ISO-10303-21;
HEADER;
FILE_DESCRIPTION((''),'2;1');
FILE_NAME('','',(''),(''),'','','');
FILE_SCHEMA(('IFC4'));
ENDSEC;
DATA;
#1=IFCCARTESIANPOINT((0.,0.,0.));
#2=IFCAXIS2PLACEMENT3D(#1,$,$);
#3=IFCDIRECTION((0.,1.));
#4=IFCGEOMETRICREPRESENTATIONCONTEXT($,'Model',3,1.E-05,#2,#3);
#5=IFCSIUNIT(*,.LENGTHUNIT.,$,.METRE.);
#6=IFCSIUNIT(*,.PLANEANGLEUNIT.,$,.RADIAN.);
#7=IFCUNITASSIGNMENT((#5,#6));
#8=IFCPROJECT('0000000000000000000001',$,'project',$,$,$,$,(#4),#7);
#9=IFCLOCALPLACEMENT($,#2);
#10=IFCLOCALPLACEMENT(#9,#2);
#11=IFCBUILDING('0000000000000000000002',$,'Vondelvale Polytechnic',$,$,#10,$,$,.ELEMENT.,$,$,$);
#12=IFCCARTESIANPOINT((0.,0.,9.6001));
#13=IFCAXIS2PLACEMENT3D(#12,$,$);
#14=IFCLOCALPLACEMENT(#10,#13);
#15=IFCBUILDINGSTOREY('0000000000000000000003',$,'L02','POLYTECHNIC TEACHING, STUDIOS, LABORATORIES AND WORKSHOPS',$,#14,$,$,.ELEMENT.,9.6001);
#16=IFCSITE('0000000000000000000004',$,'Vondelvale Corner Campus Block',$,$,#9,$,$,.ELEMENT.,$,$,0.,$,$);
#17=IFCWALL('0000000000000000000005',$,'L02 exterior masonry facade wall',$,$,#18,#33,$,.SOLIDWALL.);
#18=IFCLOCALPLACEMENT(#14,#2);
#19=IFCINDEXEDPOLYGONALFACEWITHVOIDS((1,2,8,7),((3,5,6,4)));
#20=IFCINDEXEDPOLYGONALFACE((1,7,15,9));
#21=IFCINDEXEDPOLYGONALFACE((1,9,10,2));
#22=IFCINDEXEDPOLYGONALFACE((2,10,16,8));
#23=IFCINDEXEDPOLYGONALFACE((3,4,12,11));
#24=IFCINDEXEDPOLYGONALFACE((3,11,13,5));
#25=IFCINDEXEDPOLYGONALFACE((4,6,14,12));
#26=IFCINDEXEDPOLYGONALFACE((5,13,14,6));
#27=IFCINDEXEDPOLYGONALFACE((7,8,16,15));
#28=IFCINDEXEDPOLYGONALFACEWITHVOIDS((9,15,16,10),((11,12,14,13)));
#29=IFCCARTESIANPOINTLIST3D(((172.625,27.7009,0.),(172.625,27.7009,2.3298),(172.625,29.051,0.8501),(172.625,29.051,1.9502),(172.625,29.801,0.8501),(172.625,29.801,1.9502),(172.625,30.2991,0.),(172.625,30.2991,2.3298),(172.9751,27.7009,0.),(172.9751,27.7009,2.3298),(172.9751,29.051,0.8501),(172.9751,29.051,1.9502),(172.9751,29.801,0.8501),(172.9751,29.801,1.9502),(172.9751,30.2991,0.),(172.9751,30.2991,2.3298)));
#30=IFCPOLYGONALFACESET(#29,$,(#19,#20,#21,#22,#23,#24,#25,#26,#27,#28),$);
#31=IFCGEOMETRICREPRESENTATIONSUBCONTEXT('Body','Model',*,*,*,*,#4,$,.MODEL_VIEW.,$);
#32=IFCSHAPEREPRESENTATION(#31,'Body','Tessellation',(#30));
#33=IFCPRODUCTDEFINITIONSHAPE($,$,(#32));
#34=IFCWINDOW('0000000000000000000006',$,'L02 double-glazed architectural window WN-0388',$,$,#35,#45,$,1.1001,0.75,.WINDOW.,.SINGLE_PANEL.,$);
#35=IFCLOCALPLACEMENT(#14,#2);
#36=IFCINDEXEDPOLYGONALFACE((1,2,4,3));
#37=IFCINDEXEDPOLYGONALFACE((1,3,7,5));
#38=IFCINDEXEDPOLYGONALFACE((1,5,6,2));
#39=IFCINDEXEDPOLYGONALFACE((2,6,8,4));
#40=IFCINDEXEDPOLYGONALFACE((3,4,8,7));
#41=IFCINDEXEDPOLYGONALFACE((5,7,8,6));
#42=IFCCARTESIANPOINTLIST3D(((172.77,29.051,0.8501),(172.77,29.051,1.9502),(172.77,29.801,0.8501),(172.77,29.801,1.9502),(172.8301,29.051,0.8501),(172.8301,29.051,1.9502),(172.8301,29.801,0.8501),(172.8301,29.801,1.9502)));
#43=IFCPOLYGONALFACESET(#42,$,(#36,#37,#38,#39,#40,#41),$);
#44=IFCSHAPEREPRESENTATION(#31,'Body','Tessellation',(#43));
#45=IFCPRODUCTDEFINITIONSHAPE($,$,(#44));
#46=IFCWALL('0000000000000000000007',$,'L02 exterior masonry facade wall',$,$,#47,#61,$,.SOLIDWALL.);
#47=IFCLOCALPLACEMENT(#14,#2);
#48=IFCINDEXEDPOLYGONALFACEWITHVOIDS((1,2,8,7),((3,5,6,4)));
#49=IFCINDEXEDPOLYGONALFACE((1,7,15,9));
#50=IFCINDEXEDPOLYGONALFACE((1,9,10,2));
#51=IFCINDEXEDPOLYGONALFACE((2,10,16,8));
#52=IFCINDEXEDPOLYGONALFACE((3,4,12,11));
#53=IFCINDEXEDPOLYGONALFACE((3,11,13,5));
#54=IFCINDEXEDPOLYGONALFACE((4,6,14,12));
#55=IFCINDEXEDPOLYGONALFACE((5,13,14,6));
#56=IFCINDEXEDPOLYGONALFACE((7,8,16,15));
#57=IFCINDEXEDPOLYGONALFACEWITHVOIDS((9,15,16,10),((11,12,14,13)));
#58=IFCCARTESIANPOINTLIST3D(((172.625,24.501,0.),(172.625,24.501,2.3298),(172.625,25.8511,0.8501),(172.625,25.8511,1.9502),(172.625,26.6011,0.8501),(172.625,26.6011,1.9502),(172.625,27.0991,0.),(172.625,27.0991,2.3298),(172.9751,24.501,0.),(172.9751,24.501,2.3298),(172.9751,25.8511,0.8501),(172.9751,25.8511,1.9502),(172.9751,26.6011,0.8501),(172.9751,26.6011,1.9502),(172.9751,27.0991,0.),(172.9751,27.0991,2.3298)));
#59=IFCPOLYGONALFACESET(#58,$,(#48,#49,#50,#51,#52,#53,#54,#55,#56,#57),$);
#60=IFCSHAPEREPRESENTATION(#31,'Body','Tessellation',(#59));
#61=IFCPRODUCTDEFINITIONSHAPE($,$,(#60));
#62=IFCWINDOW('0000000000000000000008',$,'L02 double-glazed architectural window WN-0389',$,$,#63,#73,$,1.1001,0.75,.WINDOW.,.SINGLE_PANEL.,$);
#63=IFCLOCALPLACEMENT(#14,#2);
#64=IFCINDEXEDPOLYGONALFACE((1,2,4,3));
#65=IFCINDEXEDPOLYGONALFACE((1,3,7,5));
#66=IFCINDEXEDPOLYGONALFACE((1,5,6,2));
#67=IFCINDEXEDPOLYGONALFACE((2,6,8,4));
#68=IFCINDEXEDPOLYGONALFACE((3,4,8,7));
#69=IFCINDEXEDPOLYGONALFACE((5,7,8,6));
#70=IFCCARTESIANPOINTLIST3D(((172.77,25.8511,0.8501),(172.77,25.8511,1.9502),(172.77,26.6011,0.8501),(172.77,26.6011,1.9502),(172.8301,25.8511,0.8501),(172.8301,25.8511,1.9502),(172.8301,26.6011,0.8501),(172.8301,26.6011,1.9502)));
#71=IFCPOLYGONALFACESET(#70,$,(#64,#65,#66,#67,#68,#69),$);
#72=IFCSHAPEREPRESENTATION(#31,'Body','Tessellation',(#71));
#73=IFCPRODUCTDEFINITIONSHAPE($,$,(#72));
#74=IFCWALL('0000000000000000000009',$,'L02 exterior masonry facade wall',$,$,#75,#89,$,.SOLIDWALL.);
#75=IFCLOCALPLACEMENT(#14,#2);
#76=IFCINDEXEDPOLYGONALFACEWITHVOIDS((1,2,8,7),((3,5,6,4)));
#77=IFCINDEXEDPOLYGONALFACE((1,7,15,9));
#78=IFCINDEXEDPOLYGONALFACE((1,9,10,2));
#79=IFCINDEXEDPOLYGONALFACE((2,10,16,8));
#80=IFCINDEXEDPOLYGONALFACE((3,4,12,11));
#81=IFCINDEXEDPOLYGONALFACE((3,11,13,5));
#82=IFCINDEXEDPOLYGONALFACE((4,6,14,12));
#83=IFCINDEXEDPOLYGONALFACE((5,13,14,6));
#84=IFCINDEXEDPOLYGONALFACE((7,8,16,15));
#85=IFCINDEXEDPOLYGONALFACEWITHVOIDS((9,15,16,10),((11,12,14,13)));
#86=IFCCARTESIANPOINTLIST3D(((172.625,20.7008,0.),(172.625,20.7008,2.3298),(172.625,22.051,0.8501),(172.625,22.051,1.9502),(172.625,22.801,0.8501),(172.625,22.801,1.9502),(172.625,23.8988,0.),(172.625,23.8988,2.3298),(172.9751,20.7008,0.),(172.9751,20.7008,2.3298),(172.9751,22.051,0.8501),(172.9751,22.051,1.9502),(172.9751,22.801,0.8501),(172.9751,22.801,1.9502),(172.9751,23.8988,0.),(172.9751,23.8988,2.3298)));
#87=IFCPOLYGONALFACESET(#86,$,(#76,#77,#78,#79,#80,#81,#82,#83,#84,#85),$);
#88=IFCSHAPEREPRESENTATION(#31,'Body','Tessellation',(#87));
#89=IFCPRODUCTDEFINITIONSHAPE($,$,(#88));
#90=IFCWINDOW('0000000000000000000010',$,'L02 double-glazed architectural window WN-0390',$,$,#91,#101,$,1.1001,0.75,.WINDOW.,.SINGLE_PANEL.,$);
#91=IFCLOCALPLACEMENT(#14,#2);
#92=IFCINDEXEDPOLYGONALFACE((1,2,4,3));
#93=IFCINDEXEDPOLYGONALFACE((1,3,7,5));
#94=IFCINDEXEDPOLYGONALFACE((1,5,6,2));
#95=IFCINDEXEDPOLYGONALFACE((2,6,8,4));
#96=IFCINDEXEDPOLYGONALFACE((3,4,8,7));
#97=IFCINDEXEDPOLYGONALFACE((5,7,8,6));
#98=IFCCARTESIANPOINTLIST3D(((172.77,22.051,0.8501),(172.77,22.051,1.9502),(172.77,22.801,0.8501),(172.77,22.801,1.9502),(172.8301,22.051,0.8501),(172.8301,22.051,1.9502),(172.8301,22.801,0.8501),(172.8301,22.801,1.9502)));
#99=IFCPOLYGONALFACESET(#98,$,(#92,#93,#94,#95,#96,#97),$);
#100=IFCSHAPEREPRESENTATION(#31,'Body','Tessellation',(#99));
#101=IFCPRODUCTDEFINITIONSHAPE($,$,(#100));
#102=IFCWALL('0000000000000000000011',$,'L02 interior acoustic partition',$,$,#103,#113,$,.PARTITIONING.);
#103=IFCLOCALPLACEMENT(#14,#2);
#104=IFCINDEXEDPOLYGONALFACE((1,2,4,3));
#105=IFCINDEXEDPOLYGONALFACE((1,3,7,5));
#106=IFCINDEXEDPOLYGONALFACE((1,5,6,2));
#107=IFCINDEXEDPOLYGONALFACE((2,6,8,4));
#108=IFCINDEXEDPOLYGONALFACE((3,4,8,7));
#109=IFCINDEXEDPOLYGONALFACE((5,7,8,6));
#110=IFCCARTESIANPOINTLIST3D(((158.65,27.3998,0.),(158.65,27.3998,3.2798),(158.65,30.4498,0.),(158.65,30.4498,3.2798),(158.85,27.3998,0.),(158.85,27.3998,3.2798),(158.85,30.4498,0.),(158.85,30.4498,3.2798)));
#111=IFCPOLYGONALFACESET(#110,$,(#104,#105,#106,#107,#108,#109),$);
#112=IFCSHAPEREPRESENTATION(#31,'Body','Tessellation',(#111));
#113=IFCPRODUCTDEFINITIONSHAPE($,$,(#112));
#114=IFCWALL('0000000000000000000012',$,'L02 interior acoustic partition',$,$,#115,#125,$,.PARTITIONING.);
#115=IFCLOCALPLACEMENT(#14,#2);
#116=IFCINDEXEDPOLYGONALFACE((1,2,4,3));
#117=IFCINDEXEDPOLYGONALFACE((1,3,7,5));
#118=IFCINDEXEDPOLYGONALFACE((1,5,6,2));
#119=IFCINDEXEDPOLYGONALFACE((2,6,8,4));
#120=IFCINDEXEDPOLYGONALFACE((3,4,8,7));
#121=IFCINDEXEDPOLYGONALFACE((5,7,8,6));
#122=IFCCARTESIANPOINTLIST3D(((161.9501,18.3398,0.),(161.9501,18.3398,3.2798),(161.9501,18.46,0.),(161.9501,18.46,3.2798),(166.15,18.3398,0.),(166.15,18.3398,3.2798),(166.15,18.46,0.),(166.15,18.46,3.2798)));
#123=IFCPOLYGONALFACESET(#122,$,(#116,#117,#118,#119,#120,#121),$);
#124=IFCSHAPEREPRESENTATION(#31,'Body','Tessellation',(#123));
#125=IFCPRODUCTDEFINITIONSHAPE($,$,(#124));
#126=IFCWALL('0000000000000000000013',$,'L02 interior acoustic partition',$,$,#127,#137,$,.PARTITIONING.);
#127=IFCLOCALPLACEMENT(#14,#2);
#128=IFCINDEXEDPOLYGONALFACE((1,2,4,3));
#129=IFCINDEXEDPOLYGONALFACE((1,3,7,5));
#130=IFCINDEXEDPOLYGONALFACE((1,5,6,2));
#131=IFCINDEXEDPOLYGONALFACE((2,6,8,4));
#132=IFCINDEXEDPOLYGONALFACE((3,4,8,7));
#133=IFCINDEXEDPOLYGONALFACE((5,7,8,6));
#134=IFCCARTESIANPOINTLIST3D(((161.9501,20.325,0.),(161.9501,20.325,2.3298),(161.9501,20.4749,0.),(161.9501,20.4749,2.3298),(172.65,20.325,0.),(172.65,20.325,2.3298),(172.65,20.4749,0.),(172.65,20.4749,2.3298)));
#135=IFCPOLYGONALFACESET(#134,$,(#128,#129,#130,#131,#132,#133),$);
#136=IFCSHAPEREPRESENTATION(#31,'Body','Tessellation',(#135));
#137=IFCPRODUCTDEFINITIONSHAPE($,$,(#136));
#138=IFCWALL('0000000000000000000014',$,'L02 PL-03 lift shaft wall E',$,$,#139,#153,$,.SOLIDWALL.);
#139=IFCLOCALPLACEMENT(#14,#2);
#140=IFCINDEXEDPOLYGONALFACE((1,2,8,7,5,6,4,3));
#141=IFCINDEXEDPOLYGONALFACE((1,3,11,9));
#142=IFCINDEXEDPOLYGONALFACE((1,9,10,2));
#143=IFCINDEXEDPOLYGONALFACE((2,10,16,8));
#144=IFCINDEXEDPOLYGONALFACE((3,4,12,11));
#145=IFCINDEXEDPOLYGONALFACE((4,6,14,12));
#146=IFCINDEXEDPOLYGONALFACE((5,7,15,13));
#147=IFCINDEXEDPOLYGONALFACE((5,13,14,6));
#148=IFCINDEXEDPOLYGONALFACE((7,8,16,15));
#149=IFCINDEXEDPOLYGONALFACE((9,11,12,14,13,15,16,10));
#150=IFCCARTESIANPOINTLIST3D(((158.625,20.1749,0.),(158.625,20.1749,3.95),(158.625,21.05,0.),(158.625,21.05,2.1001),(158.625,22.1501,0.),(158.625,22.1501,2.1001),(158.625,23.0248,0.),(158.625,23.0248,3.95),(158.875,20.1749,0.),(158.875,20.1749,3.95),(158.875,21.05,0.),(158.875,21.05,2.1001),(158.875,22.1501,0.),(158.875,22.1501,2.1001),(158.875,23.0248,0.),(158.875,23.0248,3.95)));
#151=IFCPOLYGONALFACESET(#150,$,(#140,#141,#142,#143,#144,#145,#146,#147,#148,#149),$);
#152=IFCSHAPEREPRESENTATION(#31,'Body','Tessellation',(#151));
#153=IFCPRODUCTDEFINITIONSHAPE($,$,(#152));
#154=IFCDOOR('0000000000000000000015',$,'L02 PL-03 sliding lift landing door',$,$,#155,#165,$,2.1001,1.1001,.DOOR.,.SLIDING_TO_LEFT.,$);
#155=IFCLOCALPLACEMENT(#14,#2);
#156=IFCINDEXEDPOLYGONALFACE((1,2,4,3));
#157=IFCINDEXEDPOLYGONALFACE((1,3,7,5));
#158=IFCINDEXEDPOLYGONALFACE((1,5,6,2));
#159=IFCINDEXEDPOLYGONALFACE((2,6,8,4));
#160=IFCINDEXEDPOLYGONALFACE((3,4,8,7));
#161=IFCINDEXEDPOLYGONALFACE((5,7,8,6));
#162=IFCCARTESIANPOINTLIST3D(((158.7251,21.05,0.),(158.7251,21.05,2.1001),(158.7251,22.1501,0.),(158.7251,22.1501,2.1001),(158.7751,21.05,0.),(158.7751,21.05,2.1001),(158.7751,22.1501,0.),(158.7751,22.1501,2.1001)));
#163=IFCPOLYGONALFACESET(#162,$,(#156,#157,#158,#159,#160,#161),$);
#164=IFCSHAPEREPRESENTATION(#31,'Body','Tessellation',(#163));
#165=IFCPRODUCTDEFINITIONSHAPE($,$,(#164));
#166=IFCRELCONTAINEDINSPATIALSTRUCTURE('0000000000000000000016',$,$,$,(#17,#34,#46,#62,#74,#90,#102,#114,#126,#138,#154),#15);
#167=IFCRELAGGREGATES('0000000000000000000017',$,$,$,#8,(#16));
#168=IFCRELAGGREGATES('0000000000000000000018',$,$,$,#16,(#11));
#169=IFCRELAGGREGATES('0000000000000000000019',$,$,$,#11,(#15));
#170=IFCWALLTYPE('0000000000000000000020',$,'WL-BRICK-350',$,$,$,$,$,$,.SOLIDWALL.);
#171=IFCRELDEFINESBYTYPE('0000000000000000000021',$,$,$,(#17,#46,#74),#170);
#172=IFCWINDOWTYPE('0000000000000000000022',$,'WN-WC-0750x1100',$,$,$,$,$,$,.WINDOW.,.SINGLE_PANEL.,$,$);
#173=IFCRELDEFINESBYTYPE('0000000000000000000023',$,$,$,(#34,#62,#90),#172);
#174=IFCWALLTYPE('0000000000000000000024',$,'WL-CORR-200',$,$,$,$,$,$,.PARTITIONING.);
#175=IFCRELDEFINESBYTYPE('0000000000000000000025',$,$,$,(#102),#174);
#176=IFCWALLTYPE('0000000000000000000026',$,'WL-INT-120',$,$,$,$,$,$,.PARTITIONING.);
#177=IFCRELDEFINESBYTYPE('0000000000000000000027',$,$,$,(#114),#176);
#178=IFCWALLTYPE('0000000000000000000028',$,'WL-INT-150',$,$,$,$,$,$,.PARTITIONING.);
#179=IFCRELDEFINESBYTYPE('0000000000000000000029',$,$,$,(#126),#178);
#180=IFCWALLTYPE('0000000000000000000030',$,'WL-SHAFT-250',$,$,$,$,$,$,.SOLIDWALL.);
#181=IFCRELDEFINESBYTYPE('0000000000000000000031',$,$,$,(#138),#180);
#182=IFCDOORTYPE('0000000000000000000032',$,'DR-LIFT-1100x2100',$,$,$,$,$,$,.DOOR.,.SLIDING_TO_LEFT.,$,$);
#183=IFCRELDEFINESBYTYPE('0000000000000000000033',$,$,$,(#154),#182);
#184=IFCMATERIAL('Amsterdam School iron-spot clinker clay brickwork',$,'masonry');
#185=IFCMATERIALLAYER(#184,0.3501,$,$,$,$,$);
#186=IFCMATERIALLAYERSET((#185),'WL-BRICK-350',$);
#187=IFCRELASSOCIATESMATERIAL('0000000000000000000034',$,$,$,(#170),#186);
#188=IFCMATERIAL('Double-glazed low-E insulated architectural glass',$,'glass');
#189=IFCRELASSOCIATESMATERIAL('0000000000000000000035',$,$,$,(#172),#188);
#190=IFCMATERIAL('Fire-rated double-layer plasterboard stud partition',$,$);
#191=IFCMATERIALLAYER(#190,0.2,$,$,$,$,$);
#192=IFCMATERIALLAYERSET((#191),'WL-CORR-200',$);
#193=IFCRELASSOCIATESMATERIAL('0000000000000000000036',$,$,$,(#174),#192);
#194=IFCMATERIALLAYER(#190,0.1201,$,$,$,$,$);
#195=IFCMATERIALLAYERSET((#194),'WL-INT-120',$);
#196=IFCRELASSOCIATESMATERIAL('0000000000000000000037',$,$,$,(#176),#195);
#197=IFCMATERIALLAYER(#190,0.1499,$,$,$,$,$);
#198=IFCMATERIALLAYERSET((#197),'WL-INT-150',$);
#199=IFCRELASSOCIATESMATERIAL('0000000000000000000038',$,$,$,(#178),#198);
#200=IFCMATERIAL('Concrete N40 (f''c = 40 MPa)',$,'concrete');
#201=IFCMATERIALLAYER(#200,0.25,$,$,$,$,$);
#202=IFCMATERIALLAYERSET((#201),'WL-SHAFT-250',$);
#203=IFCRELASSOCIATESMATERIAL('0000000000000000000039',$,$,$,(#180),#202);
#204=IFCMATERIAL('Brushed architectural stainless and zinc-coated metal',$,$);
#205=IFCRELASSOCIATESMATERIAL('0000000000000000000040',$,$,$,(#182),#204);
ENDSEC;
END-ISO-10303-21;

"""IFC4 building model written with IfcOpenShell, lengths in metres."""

from ifc_helpers import new_model, si_unit, direction, frame, frame_2d, origin, place, context, subcontext, project, spatial, rectangle, extrude, material, layer, layer_set, type_object, element, fill, save


model = new_model("IFC4")

# Units and contexts
model_context = context("Model", 3, precision=1e-05, world=origin(), true_north=direction((0.0, 1.0)))
body_context = subcontext(model_context, "Body", "Model", "MODEL_VIEW")
ifc_project = project(units=[si_unit("LENGTHUNIT", "METRE"), si_unit("PLANEANGLEUNIT", "RADIAN")], contexts=[model_context])

# Site, building, storey
site_placement = place(None, origin())
site = spatial("IfcSite", under=ifc_project, at=site_placement, Name="Vondelvale Corner Campus Block", CompositionType="ELEMENT", RefElevation=0.0)
building_placement = place(site_placement, origin())
building = spatial("IfcBuilding", under=site, at=building_placement, Name="Vondelvale Polytechnic", CompositionType="ELEMENT")
storey_placement = place(building_placement, frame((0.0, 0.0, 9.6001)))
storey = spatial("IfcBuildingStorey", under=building, at=storey_placement, Name="L02", Description="POLYTECHNIC TEACHING, STUDIOS, LABORATORIES AND WORKSHOPS", CompositionType="ELEMENT", Elevation=9.6001)

# Shared definitions
ifc_material_1 = material(Name="Concrete N40 (f'c = 40 MPa)", Category="concrete")

# Shared definitions
ifc_material_2 = material(Name="Amsterdam School iron-spot clinker clay brickwork", Category="masonry")
ifc_layer_1 = layer(ifc_material_2, 0.3501)
ifc_layer_set_1 = layer_set([ifc_layer_1], Name="WL-BRICK-350")
wall_type_1 = type_object("IfcWallType", Name="WL-BRICK-350", PredefinedType="SOLIDWALL", material=ifc_layer_set_1)
ifc_material_3 = material(Name="Double-glazed low-E insulated architectural glass", Category="glass")

# Walls, openings, windows
wall_1_placement = place(storey_placement, frame((172.8, 30.2991, 0.0), z_axis=(0.0, 0.0, 1.0), x_axis=(0.0, -1.0, 0.0)))
wall_1 = element("IfcWall", 1, at=wall_1_placement, inside=storey, type_object=wall_type_1, Name="L02 exterior masonry facade wall", PredefinedType="SOLIDWALL", context=body_context, shape_type="SweptSolid", body=[
    extrude(rectangle(XDim=2.5981, YDim=0.3501, at=frame_2d((1.2991, 0.0))), origin(), (0.0, 0.0, 1.0), 2.3298),
])
opening_1_placement = place(wall_1_placement, frame((0.498, 0.0, 0.8501)))
opening_1 = element("IfcOpeningElement", 2, at=opening_1_placement, cuts=wall_1, PredefinedType="OPENING", context=body_context, shape_type="SweptSolid", body=[
    extrude(rectangle(XDim=0.75, YDim=1.1001, at=frame_2d((0.375, 0.55))), frame((0.0, 0.1851, 0.0), z_axis=(0.0, -1.0, 0.0), x_axis=(1.0, 0.0, 0.0)), (0.0, 0.0, 1.0), 0.3701),
])
window_type_1 = type_object("IfcWindowType", Name="WN-WC-0750x1100", PartitioningType="SINGLE_PANEL", PredefinedType="WINDOW", material=ifc_material_3)
window_1_placement = place(opening_1_placement, origin())
window_1 = element("IfcWindow", 3, at=window_1_placement, inside=storey, type_object=window_type_1, Name="L02 double-glazed architectural window WN-0388", OverallHeight=1.1001, OverallWidth=0.75, PartitioningType="SINGLE_PANEL", PredefinedType="WINDOW", context=body_context, shape_type="SweptSolid", body=[
    extrude(rectangle(XDim=0.75, YDim=1.1001, at=frame_2d((0.375, 0.55))), frame((0.0, 0.03, 0.0), z_axis=(0.0, -1.0, 0.0), x_axis=(1.0, 0.0, 0.0)), (0.0, 0.0, 1.0), 0.0601),
])
fill(opening_1, window_1)
wall_2_placement = place(storey_placement, frame((172.8, 27.0991, 0.0), z_axis=(0.0, 0.0, 1.0), x_axis=(0.0, -1.0, 0.0)))
wall_2 = element("IfcWall", 4, at=wall_2_placement, inside=storey, type_object=wall_type_1, Name="L02 exterior masonry facade wall", PredefinedType="SOLIDWALL", context=body_context, shape_type="SweptSolid", body=[
    extrude(rectangle(XDim=2.5981, YDim=0.3501, at=frame_2d((1.2991, 0.0))), origin(), (0.0, 0.0, 1.0), 2.3298),
])
opening_2_placement = place(wall_2_placement, frame((0.498, 0.0, 0.8501)))
opening_2 = element("IfcOpeningElement", 5, at=opening_2_placement, cuts=wall_2, PredefinedType="OPENING", context=body_context, shape_type="SweptSolid", body=[
    extrude(rectangle(XDim=0.75, YDim=1.1001, at=frame_2d((0.375, 0.55))), frame((0.0, 0.1851, 0.0), z_axis=(0.0, -1.0, 0.0), x_axis=(1.0, 0.0, 0.0)), (0.0, 0.0, 1.0), 0.3701),
])
window_2_placement = place(opening_2_placement, origin())
window_2 = element("IfcWindow", 6, at=window_2_placement, inside=storey, type_object=window_type_1, Name="L02 double-glazed architectural window WN-0389", OverallHeight=1.1001, OverallWidth=0.75, PartitioningType="SINGLE_PANEL", PredefinedType="WINDOW", context=body_context, shape_type="SweptSolid", body=[
    extrude(rectangle(XDim=0.75, YDim=1.1001, at=frame_2d((0.375, 0.55))), frame((0.0, 0.03, 0.0), z_axis=(0.0, -1.0, 0.0), x_axis=(1.0, 0.0, 0.0)), (0.0, 0.0, 1.0), 0.0601),
])
fill(opening_2, window_2)
wall_3_placement = place(storey_placement, frame((172.8, 23.8989, 0.0), z_axis=(0.0, 0.0, 1.0), x_axis=(0.0, -1.0, 0.0)))
wall_3 = element("IfcWall", 7, at=wall_3_placement, inside=storey, type_object=wall_type_1, Name="L02 exterior masonry facade wall", PredefinedType="SOLIDWALL", context=body_context, shape_type="SweptSolid", body=[
    extrude(rectangle(XDim=3.198, YDim=0.3501, at=frame_2d((1.5991, 0.0))), origin(), (0.0, 0.0, 1.0), 2.3298),
])
opening_3_placement = place(wall_3_placement, frame((1.0979, 0.0, 0.8501)))
opening_3 = element("IfcOpeningElement", 8, at=opening_3_placement, cuts=wall_3, PredefinedType="OPENING", context=body_context, shape_type="SweptSolid", body=[
    extrude(rectangle(XDim=0.75, YDim=1.1001, at=frame_2d((0.375, 0.55))), frame((0.0, 0.1851, 0.0), z_axis=(0.0, -1.0, 0.0), x_axis=(1.0, 0.0, 0.0)), (0.0, 0.0, 1.0), 0.3701),
])
window_3_placement = place(opening_3_placement, origin())
window_3 = element("IfcWindow", 9, at=window_3_placement, inside=storey, type_object=window_type_1, Name="L02 double-glazed architectural window WN-0390", OverallHeight=1.1001, OverallWidth=0.75, PartitioningType="SINGLE_PANEL", PredefinedType="WINDOW", context=body_context, shape_type="SweptSolid", body=[
    extrude(rectangle(XDim=0.75, YDim=1.1001, at=frame_2d((0.375, 0.55))), frame((0.0, 0.03, 0.0), z_axis=(0.0, -1.0, 0.0), x_axis=(1.0, 0.0, 0.0)), (0.0, 0.0, 1.0), 0.0601),
])
fill(opening_3, window_3)

# Walls
ifc_material_4 = material(Name="Fire-rated double-layer plasterboard stud partition")
ifc_layer_2 = layer(ifc_material_4, 0.2)
ifc_layer_set_2 = layer_set([ifc_layer_2], Name="WL-CORR-200")
wall_type_2 = type_object("IfcWallType", Name="WL-CORR-200", PredefinedType="PARTITIONING", material=ifc_layer_set_2)
wall_4_placement = place(storey_placement, frame((158.75, 27.3999, 0.0), z_axis=(0.0, 0.0, 1.0), x_axis=(0.0, 1.0, 0.0)))
element("IfcWall", 10, at=wall_4_placement, inside=storey, type_object=wall_type_2, Name="L02 interior acoustic partition", PredefinedType="PARTITIONING", context=body_context, shape_type="SweptSolid", body=[
    extrude(rectangle(XDim=3.05, YDim=0.2, at=frame_2d((1.5249, 0.0))), origin(), (0.0, 0.0, 1.0), 3.2798),
])
ifc_layer_3 = layer(ifc_material_4, 0.1201)
ifc_layer_set_3 = layer_set([ifc_layer_3], Name="WL-INT-120")
wall_type_3 = type_object("IfcWallType", Name="WL-INT-120", PredefinedType="PARTITIONING", material=ifc_layer_set_3)
wall_5_placement = place(storey_placement, frame((161.95, 18.3999, 0.0), z_axis=(0.0, 0.0, 1.0), x_axis=(1.0, 0.0, 0.0)))
element("IfcWall", 11, at=wall_5_placement, inside=storey, type_object=wall_type_3, Name="L02 interior acoustic partition", PredefinedType="PARTITIONING", context=body_context, shape_type="SweptSolid", body=[
    extrude(rectangle(XDim=4.2, YDim=0.1201, at=frame_2d((2.1001, 0.0))), origin(), (0.0, 0.0, 1.0), 3.2798),
])
ifc_layer_4 = layer(ifc_material_4, 0.1499)
ifc_layer_set_4 = layer_set([ifc_layer_4], Name="WL-INT-150")
wall_type_4 = type_object("IfcWallType", Name="WL-INT-150", PredefinedType="PARTITIONING", material=ifc_layer_set_4)
wall_6_placement = place(storey_placement, frame((161.95, 20.3999, 0.0), z_axis=(0.0, 0.0, 1.0), x_axis=(1.0, 0.0, 0.0)))
element("IfcWall", 12, at=wall_6_placement, inside=storey, type_object=wall_type_4, Name="L02 interior acoustic partition", PredefinedType="PARTITIONING", context=body_context, shape_type="SweptSolid", body=[
    extrude(rectangle(XDim=10.7, YDim=0.1499, at=frame_2d((5.3501, 0.0))), origin(), (0.0, 0.0, 1.0), 2.3298),
])

# Wall, opening, door
ifc_layer_5 = layer(ifc_material_1, 0.25)
ifc_layer_set_5 = layer_set([ifc_layer_5], Name="WL-SHAFT-250")
wall_type_5 = type_object("IfcWallType", Name="WL-SHAFT-250", PredefinedType="SOLIDWALL", material=ifc_layer_set_5)
wall_7_placement = place(storey_placement, frame((158.75, 20.175, 0.0), z_axis=(0.0, 0.0, 1.0), x_axis=(0.0, 1.0, 0.0)))
wall_7 = element("IfcWall", 13, at=wall_7_placement, inside=storey, type_object=wall_type_5, Name="L02 PL-03 lift shaft wall E", PredefinedType="SOLIDWALL", context=body_context, shape_type="SweptSolid", body=[
    extrude(rectangle(XDim=2.8499, YDim=0.25, at=frame_2d((1.4248, 0.0))), origin(), (0.0, 0.0, 1.0), 3.95),
])
opening_4_placement = place(wall_7_placement, frame((0.875, 0.0, 0.0)))
opening_4 = element("IfcOpeningElement", 14, at=opening_4_placement, cuts=wall_7, PredefinedType="OPENING", context=body_context, shape_type="SweptSolid", body=[
    extrude(rectangle(XDim=1.1001, YDim=2.1001, at=frame_2d((0.55, 1.05))), frame((0.0, 0.135, 0.0), z_axis=(0.0, -1.0, 0.0), x_axis=(1.0, 0.0, 0.0)), (0.0, 0.0, 1.0), 0.27),
])
ifc_material_5 = material(Name="Brushed architectural stainless and zinc-coated metal")
door_type = type_object("IfcDoorType", Name="DR-LIFT-1100x2100", OperationType="SLIDING_TO_LEFT", PredefinedType="DOOR", material=ifc_material_5)
door_placement = place(opening_4_placement, origin())
door = element("IfcDoor", 15, at=door_placement, inside=storey, type_object=door_type, Name="L02 PL-03 sliding lift landing door", OperationType="SLIDING_TO_LEFT", OverallHeight=2.1001, OverallWidth=1.1001, PredefinedType="DOOR", context=body_context, shape_type="SweptSolid", body=[
    extrude(rectangle(XDim=1.1001, YDim=2.1001, at=frame_2d((0.55, 1.05))), frame((0.0, 0.0249, 0.0), z_axis=(0.0, -1.0, 0.0), x_axis=(1.0, 0.0, 0.0)), (0.0, 0.0, 1.0), 0.05),
])
fill(opening_4, door)

save(model, "model.ifc")
